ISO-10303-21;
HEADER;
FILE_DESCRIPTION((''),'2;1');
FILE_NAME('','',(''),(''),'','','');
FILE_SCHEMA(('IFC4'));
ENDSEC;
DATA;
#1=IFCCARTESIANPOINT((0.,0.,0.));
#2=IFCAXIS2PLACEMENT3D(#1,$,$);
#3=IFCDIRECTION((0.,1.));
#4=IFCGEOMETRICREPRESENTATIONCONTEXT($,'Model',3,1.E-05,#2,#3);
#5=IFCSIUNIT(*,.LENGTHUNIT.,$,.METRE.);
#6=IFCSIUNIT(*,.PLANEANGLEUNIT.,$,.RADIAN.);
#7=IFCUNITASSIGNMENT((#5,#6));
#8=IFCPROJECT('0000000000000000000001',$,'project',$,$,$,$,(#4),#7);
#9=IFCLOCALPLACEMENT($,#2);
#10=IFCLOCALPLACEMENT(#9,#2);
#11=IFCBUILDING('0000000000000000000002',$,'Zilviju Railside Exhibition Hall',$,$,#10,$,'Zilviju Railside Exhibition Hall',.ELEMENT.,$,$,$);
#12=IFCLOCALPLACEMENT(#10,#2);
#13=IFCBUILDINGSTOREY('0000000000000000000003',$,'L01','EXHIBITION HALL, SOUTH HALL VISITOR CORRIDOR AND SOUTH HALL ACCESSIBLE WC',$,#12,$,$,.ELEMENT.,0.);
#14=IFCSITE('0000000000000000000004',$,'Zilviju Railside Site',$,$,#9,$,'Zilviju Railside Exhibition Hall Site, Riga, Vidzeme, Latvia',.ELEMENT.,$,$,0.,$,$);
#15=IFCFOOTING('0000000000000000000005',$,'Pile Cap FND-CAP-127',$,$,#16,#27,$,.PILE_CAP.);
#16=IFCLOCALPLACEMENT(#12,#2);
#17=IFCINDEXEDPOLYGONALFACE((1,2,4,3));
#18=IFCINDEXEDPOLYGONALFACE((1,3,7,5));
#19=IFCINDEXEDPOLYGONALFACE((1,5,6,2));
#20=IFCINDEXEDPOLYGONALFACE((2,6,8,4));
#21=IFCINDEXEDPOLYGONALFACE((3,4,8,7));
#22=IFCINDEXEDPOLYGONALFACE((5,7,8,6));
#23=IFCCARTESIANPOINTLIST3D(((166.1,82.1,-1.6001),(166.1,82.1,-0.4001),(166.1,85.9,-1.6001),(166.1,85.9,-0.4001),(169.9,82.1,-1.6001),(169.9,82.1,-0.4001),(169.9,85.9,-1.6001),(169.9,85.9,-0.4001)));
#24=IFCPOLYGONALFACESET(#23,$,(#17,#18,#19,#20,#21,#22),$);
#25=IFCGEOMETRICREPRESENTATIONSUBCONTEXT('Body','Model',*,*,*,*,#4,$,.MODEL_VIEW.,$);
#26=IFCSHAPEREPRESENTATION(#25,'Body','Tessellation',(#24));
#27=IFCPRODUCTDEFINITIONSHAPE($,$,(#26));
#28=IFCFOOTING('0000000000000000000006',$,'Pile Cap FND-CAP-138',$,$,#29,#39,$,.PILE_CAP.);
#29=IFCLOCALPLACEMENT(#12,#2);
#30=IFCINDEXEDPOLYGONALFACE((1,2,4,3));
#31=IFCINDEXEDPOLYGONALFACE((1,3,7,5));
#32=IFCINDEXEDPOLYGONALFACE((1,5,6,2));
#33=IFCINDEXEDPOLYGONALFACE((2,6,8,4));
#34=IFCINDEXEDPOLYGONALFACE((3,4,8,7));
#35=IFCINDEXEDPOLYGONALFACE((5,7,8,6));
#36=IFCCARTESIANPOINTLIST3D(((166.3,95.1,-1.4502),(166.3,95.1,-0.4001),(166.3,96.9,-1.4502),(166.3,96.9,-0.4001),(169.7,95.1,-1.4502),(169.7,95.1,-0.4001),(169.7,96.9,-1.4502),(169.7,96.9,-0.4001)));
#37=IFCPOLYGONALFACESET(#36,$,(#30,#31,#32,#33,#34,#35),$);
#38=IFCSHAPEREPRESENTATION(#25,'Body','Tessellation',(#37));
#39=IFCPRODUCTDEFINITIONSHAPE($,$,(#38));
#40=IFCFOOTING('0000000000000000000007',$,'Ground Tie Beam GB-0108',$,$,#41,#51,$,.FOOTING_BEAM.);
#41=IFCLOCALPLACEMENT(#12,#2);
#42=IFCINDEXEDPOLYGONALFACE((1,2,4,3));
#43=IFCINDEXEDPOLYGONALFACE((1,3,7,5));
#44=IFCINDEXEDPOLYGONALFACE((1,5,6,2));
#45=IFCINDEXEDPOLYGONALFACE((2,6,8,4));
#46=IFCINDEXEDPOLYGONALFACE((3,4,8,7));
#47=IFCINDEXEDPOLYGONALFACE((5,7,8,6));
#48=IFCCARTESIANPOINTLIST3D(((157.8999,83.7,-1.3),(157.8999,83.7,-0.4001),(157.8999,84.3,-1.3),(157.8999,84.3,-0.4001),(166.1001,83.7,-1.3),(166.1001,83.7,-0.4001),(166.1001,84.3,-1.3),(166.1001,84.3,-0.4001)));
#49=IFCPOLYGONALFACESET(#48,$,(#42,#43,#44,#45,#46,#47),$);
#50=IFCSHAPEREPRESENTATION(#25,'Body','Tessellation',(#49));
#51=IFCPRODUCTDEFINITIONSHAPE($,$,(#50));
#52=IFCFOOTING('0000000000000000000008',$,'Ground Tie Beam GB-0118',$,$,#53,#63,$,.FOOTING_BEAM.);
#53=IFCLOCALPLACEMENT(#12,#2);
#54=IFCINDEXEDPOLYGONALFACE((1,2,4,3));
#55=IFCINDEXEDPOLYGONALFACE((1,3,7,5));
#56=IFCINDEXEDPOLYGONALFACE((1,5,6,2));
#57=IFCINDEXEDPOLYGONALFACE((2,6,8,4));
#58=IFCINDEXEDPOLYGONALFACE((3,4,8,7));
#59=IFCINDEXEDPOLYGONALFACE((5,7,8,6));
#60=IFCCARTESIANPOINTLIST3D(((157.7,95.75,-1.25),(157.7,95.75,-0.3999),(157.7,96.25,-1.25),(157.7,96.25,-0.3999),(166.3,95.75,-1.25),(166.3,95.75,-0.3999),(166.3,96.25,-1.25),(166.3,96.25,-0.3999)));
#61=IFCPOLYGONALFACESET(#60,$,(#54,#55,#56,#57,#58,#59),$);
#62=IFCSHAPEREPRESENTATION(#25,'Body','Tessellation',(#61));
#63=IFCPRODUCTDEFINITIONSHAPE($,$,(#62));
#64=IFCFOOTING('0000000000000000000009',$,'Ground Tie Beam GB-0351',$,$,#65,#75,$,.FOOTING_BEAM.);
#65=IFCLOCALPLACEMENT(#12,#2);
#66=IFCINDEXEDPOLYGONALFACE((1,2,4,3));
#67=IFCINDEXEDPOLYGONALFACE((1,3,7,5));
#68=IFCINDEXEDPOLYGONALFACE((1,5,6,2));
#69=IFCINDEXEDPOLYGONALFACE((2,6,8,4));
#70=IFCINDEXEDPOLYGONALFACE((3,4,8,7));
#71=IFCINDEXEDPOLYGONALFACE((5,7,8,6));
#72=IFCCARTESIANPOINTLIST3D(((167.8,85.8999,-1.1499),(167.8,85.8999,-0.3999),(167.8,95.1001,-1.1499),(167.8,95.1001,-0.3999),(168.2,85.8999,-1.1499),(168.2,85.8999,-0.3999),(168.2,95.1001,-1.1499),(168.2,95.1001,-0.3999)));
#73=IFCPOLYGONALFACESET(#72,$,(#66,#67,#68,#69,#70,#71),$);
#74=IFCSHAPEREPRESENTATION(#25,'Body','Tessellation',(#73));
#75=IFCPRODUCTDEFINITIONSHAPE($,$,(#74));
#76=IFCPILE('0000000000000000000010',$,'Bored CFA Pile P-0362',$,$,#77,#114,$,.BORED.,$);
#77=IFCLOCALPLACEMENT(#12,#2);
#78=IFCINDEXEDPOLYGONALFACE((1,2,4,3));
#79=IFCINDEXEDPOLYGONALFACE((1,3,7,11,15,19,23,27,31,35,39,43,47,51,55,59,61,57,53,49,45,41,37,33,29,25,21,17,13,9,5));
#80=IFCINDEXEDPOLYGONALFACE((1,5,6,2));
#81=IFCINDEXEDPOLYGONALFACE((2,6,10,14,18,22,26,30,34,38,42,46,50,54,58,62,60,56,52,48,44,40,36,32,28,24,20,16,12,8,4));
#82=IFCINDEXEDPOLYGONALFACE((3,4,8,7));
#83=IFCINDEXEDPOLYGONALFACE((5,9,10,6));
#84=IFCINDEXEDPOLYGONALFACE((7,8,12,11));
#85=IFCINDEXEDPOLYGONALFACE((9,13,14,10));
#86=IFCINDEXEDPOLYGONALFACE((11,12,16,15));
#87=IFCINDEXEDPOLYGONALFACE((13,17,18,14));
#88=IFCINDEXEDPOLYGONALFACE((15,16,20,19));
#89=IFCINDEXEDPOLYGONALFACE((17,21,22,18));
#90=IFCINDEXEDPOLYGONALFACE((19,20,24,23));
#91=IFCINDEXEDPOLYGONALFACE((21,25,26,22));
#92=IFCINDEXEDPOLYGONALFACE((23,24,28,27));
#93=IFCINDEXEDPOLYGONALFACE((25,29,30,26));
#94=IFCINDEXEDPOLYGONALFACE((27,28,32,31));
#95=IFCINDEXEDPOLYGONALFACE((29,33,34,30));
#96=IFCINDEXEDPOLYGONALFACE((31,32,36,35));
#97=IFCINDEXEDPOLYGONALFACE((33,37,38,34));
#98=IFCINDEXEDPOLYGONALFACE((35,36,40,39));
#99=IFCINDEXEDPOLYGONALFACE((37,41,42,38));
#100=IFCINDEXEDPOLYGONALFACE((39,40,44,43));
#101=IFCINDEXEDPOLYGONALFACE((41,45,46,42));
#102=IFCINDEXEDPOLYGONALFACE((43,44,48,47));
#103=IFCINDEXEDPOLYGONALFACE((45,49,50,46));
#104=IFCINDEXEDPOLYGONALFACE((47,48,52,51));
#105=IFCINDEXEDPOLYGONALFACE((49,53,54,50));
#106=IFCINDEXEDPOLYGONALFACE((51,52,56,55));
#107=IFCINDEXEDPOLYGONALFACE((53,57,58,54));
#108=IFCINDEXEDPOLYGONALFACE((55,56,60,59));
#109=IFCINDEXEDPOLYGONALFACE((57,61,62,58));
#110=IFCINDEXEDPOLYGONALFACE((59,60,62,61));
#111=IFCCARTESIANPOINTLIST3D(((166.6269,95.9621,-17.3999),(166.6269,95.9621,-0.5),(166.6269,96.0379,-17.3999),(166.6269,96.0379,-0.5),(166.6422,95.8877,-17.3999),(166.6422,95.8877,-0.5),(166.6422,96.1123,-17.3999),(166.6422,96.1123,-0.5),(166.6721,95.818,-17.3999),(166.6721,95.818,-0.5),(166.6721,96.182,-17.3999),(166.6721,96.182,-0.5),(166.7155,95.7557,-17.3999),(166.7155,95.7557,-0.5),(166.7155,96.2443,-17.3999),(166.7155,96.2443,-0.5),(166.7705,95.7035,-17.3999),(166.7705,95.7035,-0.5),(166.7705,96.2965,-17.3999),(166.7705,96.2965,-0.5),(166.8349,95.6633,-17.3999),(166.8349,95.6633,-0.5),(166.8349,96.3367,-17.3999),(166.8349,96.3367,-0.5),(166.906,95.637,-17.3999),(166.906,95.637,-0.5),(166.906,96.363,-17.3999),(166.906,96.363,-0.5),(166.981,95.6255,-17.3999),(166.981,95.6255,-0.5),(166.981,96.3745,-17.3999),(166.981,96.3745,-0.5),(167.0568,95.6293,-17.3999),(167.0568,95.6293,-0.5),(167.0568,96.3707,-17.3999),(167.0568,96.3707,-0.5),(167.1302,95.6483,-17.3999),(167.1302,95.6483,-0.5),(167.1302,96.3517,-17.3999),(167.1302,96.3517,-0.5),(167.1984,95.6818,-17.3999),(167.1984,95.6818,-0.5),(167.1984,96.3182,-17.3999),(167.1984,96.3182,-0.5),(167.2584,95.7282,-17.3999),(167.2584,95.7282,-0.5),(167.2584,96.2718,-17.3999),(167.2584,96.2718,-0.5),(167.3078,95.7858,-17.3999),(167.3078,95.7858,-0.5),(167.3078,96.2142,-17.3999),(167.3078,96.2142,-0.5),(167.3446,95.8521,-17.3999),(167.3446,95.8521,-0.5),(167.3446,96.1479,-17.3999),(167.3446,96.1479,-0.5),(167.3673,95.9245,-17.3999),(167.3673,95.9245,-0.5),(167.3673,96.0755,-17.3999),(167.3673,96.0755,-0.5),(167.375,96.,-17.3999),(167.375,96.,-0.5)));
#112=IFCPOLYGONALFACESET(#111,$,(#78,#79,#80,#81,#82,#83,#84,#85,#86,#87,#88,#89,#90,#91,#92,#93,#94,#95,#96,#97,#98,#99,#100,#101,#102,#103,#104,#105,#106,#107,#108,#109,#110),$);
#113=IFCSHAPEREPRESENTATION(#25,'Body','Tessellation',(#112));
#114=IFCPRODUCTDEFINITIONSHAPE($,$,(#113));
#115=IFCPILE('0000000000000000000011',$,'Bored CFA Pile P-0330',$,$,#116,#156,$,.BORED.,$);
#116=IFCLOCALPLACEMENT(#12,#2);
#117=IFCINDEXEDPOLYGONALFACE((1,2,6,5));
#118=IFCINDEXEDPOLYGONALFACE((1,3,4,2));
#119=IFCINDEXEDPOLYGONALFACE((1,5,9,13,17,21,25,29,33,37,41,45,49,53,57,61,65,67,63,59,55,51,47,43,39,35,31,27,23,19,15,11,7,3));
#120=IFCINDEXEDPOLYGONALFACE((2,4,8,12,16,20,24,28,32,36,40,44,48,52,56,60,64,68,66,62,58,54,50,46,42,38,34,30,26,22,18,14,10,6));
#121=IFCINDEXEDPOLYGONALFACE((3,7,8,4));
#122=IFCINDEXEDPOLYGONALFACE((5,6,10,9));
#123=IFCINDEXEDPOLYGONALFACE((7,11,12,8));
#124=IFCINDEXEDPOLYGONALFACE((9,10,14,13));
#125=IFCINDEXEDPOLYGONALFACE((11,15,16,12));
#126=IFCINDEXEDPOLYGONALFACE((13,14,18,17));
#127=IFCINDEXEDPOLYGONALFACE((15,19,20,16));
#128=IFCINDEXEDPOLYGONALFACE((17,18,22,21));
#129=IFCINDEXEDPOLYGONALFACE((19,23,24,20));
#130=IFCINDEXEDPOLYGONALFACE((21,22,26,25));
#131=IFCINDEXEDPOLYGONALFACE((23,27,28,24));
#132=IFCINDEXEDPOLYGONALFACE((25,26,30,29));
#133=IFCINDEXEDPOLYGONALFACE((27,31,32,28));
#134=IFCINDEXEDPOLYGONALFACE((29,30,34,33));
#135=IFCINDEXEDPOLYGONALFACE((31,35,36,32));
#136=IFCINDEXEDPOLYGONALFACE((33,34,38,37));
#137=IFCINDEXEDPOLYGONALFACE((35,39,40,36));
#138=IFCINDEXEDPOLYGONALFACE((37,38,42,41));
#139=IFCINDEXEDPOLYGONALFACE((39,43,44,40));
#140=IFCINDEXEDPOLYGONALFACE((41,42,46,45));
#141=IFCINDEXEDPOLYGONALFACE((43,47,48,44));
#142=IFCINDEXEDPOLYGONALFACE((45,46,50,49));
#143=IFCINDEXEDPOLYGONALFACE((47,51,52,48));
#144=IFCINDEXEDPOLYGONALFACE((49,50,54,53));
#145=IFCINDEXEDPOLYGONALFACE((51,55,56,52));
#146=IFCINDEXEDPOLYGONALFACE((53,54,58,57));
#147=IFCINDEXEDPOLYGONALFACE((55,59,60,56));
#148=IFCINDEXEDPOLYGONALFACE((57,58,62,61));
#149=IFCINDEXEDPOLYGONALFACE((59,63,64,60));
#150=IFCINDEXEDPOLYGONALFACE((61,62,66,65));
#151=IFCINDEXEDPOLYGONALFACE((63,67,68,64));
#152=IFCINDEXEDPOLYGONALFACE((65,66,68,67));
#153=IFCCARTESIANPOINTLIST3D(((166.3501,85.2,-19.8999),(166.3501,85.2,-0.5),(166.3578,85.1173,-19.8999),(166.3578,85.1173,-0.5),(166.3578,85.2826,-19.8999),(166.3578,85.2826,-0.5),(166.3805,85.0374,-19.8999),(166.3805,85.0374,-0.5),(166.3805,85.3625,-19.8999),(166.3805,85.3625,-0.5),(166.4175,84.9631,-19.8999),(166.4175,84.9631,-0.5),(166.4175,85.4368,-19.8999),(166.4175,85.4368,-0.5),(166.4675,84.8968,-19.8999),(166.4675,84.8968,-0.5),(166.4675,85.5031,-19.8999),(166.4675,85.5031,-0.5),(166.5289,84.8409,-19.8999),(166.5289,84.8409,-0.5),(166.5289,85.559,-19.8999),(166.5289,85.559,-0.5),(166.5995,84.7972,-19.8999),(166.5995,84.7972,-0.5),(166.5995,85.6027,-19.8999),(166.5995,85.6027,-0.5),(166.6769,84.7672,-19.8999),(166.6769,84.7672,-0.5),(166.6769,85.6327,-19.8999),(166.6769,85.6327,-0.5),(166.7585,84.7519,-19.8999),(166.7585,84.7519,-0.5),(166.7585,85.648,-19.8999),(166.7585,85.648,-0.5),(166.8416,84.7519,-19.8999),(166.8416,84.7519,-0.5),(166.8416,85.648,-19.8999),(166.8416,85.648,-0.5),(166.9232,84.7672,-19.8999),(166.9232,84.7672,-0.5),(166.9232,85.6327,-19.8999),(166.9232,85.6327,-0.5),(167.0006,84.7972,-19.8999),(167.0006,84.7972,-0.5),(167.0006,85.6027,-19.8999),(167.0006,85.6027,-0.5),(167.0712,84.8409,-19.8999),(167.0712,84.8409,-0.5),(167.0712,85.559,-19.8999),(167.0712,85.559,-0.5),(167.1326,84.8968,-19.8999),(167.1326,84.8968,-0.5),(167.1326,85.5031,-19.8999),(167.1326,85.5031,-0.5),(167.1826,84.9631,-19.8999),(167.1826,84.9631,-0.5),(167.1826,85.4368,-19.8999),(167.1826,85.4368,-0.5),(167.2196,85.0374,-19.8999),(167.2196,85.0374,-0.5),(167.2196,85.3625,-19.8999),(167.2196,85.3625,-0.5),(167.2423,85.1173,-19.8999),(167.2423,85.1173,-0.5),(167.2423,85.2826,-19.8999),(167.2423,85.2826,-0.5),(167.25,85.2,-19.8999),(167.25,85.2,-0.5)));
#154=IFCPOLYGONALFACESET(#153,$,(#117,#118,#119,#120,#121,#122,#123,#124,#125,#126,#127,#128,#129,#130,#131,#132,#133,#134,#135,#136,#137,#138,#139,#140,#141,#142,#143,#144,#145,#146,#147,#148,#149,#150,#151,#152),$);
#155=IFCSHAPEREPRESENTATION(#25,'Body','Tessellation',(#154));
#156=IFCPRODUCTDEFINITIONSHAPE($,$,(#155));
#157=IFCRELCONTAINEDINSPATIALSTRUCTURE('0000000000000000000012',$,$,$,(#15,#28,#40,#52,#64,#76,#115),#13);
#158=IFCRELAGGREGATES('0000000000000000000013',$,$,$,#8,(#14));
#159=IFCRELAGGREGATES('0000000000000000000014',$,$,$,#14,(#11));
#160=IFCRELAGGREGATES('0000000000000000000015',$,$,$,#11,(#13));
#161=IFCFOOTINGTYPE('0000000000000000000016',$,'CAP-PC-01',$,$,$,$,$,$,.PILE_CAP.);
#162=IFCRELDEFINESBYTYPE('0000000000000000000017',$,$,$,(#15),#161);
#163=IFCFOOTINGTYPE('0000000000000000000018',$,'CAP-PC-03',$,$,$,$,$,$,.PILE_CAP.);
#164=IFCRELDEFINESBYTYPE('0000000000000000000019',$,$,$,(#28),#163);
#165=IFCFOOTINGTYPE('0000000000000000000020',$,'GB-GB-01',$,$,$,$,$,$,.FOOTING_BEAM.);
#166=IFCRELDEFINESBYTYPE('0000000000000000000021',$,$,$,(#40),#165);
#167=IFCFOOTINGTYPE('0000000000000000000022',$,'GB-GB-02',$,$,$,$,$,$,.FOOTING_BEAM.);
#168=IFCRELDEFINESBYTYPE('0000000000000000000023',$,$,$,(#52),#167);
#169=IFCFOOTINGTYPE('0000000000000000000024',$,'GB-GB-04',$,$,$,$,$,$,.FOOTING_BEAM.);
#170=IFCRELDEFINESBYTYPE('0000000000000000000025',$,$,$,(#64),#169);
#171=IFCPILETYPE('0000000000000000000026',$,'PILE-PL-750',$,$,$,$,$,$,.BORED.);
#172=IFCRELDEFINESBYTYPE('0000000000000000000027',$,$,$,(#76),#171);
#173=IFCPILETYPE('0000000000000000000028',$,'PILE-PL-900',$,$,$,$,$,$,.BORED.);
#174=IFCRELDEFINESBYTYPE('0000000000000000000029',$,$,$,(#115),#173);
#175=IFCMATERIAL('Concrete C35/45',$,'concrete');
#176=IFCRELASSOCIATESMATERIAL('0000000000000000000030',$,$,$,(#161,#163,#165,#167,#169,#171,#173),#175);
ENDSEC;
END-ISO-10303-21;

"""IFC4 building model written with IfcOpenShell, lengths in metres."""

from ifc_helpers import new_model, si_unit, direction, frame, origin, origin_2d, place, context, subcontext, project, spatial, rectangle, circle, extrude, material, material_profile, profile_set, type_object, element, save


model = new_model("IFC4")

# Units and contexts
model_context = context("Model", 3, precision=1e-05, world=origin(), true_north=direction((0.0, 1.0)))
body_context = subcontext(model_context, "Body", "Model", "MODEL_VIEW")
ifc_project = project(units=[si_unit("LENGTHUNIT", "METRE"), si_unit("PLANEANGLEUNIT", "RADIAN")], contexts=[model_context])

# Site, building, storey
site_placement = place(None, origin())
site = spatial("IfcSite", under=ifc_project, at=site_placement, Name="Zilviju Railside Site", LongName="Zilviju Railside Exhibition Hall Site, Riga, Vidzeme, Latvia", CompositionType="ELEMENT", RefElevation=0.0)
building_placement = place(site_placement, origin())
building = spatial("IfcBuilding", under=site, at=building_placement, Name="Zilviju Railside Exhibition Hall", LongName="Zilviju Railside Exhibition Hall", CompositionType="ELEMENT")
storey_placement = place(building_placement, origin())
storey = spatial("IfcBuildingStorey", under=building, at=storey_placement, Name="L01", Description="EXHIBITION HALL, SOUTH HALL VISITOR CORRIDOR AND SOUTH HALL ACCESSIBLE WC", CompositionType="ELEMENT", Elevation=0.0)

# Footings
ifc_material_1 = material(Name="Concrete C35/45", Category="concrete")
footing_type_1 = type_object("IfcFootingType", Name="CAP-PC-01", PredefinedType="PILE_CAP", material=ifc_material_1)
footing_1_placement = place(storey_placement, frame((168.0, 84.0, -1.6001), z_axis=(0.0, 0.0, 1.0), x_axis=(1.0, 0.0, 0.0)))
element("IfcFooting", 1, at=footing_1_placement, inside=storey, type_object=footing_type_1, Name="Pile Cap FND-CAP-127", PredefinedType="PILE_CAP", context=body_context, shape_type="SweptSolid", body=[
    extrude(rectangle(XDim=3.8, YDim=3.8, at=origin_2d()), origin(), (0.0, 0.0, 1.0), 1.2),
])
footing_type_2 = type_object("IfcFootingType", Name="CAP-PC-03", PredefinedType="PILE_CAP", material=ifc_material_1)
footing_2_placement = place(storey_placement, frame((168.0, 96.0, -1.4502), z_axis=(0.0, 0.0, 1.0), x_axis=(1.0, 0.0, 0.0)))
element("IfcFooting", 2, at=footing_2_placement, inside=storey, type_object=footing_type_2, Name="Pile Cap FND-CAP-138", PredefinedType="PILE_CAP", context=body_context, shape_type="SweptSolid", body=[
    extrude(rectangle(XDim=3.3999, YDim=1.8, at=origin_2d()), origin(), (0.0, 0.0, 1.0), 1.05),
])
ifc_material_profile_1 = material_profile(ifc_material_1, rectangle(XDim=0.6001, YDim=0.8999, at=origin_2d()), Name="TIE BEAM 600x900")
ifc_profile_set_1 = profile_set([ifc_material_profile_1], Name="Concrete C35/45")
footing_type_3 = type_object("IfcFootingType", Name="GB-GB-01", PredefinedType="FOOTING_BEAM", material=ifc_profile_set_1)
footing_3_placement = place(storey_placement, frame((157.8999, 84.0, -0.8501), z_axis=(1.0, 0.0, 0.0), x_axis=(0.0, 1.0, 0.0)))
element("IfcFooting", 3, at=footing_3_placement, inside=storey, type_object=footing_type_3, Name="Ground Tie Beam GB-0108", PredefinedType="FOOTING_BEAM", context=body_context, shape_type="SweptSolid", body=[
    extrude(rectangle(XDim=0.6001, YDim=0.8999, at=origin_2d()), origin(), (0.0, 0.0, 1.0), 8.2002),
])
ifc_material_profile_2 = material_profile(ifc_material_1, rectangle(XDim=0.5, YDim=0.8501, at=origin_2d()), Name="TIE BEAM 500x850")
ifc_profile_set_2 = profile_set([ifc_material_profile_2], Name="Concrete C35/45")
footing_type_4 = type_object("IfcFootingType", Name="GB-GB-02", PredefinedType="FOOTING_BEAM", material=ifc_profile_set_2)
footing_4_placement = place(storey_placement, frame((157.7, 96.0, -0.825), z_axis=(1.0, 0.0, 0.0), x_axis=(0.0, 1.0, 0.0)))
element("IfcFooting", 4, at=footing_4_placement, inside=storey, type_object=footing_type_4, Name="Ground Tie Beam GB-0118", PredefinedType="FOOTING_BEAM", context=body_context, shape_type="SweptSolid", body=[
    extrude(rectangle(XDim=0.5, YDim=0.8501, at=origin_2d()), origin(), (0.0, 0.0, 1.0), 8.6001),
])
ifc_material_profile_3 = material_profile(ifc_material_1, rectangle(XDim=0.3999, YDim=0.75, at=origin_2d()), Name="TIE BEAM 400x750")
ifc_profile_set_3 = profile_set([ifc_material_profile_3], Name="Concrete C35/45")
footing_type_5 = type_object("IfcFootingType", Name="GB-GB-04", PredefinedType="FOOTING_BEAM", material=ifc_profile_set_3)
footing_5_placement = place(storey_placement, frame((168.0, 85.8999, -0.7749), z_axis=(0.0, 1.0, 0.0), x_axis=(-1.0, 0.0, 0.0)))
element("IfcFooting", 5, at=footing_5_placement, inside=storey, type_object=footing_type_5, Name="Ground Tie Beam GB-0351", PredefinedType="FOOTING_BEAM", context=body_context, shape_type="SweptSolid", body=[
    extrude(rectangle(XDim=0.3999, YDim=0.75, at=origin_2d()), origin(), (0.0, 0.0, 1.0), 9.2002),
])

# Piles
ifc_material_profile_4 = material_profile(ifc_material_1, circle(Radius=0.375, at=origin_2d()), Name="CFA PILE D750")
ifc_profile_set_4 = profile_set([ifc_material_profile_4], Name="Concrete C35/45")
pile_type_1 = type_object("IfcPileType", Name="PILE-PL-750", PredefinedType="BORED", material=ifc_profile_set_4)
pile_placement = place(storey_placement, frame((167.0, 96.0, -0.5), z_axis=(0.0, 0.0, -1.0), x_axis=(1.0, 0.0, 0.0)))
element("IfcPile", 6, at=pile_placement, inside=storey, type_object=pile_type_1, Name="Bored CFA Pile P-0362", PredefinedType="BORED", context=body_context, shape_type="SweptSolid", body=[
    extrude(circle(Radius=0.375, at=origin_2d()), origin(), (0.0, 0.0, 1.0), 16.8999),
])
ifc_material_profile_5 = material_profile(ifc_material_1, circle(Radius=0.45, at=origin_2d()), Name="CFA PILE D900")
ifc_profile_set_5 = profile_set([ifc_material_profile_5], Name="Concrete C35/45")
pile_type_2 = type_object("IfcPileType", Name="PILE-PL-900", PredefinedType="BORED", material=ifc_profile_set_5)
for number, where, z_axis, x_axis, name in (
    (7, (166.8, 85.2, -0.5), (0.0, 0.0, -1.0), (1.0, 0.0, 0.0), "Bored CFA Pile P-0330"),
):
    element("IfcPile", number, at=place(storey_placement, frame(where, z_axis=z_axis, x_axis=x_axis)), inside=storey, type_object=pile_type_2, Name=name, PredefinedType="BORED", context=body_context, shape_type="SweptSolid", body=[
        extrude(circle(Radius=0.45, at=origin_2d()), origin(), (0.0, 0.0, 1.0), 19.3999),
    ])

save(model, "model.ifc")
